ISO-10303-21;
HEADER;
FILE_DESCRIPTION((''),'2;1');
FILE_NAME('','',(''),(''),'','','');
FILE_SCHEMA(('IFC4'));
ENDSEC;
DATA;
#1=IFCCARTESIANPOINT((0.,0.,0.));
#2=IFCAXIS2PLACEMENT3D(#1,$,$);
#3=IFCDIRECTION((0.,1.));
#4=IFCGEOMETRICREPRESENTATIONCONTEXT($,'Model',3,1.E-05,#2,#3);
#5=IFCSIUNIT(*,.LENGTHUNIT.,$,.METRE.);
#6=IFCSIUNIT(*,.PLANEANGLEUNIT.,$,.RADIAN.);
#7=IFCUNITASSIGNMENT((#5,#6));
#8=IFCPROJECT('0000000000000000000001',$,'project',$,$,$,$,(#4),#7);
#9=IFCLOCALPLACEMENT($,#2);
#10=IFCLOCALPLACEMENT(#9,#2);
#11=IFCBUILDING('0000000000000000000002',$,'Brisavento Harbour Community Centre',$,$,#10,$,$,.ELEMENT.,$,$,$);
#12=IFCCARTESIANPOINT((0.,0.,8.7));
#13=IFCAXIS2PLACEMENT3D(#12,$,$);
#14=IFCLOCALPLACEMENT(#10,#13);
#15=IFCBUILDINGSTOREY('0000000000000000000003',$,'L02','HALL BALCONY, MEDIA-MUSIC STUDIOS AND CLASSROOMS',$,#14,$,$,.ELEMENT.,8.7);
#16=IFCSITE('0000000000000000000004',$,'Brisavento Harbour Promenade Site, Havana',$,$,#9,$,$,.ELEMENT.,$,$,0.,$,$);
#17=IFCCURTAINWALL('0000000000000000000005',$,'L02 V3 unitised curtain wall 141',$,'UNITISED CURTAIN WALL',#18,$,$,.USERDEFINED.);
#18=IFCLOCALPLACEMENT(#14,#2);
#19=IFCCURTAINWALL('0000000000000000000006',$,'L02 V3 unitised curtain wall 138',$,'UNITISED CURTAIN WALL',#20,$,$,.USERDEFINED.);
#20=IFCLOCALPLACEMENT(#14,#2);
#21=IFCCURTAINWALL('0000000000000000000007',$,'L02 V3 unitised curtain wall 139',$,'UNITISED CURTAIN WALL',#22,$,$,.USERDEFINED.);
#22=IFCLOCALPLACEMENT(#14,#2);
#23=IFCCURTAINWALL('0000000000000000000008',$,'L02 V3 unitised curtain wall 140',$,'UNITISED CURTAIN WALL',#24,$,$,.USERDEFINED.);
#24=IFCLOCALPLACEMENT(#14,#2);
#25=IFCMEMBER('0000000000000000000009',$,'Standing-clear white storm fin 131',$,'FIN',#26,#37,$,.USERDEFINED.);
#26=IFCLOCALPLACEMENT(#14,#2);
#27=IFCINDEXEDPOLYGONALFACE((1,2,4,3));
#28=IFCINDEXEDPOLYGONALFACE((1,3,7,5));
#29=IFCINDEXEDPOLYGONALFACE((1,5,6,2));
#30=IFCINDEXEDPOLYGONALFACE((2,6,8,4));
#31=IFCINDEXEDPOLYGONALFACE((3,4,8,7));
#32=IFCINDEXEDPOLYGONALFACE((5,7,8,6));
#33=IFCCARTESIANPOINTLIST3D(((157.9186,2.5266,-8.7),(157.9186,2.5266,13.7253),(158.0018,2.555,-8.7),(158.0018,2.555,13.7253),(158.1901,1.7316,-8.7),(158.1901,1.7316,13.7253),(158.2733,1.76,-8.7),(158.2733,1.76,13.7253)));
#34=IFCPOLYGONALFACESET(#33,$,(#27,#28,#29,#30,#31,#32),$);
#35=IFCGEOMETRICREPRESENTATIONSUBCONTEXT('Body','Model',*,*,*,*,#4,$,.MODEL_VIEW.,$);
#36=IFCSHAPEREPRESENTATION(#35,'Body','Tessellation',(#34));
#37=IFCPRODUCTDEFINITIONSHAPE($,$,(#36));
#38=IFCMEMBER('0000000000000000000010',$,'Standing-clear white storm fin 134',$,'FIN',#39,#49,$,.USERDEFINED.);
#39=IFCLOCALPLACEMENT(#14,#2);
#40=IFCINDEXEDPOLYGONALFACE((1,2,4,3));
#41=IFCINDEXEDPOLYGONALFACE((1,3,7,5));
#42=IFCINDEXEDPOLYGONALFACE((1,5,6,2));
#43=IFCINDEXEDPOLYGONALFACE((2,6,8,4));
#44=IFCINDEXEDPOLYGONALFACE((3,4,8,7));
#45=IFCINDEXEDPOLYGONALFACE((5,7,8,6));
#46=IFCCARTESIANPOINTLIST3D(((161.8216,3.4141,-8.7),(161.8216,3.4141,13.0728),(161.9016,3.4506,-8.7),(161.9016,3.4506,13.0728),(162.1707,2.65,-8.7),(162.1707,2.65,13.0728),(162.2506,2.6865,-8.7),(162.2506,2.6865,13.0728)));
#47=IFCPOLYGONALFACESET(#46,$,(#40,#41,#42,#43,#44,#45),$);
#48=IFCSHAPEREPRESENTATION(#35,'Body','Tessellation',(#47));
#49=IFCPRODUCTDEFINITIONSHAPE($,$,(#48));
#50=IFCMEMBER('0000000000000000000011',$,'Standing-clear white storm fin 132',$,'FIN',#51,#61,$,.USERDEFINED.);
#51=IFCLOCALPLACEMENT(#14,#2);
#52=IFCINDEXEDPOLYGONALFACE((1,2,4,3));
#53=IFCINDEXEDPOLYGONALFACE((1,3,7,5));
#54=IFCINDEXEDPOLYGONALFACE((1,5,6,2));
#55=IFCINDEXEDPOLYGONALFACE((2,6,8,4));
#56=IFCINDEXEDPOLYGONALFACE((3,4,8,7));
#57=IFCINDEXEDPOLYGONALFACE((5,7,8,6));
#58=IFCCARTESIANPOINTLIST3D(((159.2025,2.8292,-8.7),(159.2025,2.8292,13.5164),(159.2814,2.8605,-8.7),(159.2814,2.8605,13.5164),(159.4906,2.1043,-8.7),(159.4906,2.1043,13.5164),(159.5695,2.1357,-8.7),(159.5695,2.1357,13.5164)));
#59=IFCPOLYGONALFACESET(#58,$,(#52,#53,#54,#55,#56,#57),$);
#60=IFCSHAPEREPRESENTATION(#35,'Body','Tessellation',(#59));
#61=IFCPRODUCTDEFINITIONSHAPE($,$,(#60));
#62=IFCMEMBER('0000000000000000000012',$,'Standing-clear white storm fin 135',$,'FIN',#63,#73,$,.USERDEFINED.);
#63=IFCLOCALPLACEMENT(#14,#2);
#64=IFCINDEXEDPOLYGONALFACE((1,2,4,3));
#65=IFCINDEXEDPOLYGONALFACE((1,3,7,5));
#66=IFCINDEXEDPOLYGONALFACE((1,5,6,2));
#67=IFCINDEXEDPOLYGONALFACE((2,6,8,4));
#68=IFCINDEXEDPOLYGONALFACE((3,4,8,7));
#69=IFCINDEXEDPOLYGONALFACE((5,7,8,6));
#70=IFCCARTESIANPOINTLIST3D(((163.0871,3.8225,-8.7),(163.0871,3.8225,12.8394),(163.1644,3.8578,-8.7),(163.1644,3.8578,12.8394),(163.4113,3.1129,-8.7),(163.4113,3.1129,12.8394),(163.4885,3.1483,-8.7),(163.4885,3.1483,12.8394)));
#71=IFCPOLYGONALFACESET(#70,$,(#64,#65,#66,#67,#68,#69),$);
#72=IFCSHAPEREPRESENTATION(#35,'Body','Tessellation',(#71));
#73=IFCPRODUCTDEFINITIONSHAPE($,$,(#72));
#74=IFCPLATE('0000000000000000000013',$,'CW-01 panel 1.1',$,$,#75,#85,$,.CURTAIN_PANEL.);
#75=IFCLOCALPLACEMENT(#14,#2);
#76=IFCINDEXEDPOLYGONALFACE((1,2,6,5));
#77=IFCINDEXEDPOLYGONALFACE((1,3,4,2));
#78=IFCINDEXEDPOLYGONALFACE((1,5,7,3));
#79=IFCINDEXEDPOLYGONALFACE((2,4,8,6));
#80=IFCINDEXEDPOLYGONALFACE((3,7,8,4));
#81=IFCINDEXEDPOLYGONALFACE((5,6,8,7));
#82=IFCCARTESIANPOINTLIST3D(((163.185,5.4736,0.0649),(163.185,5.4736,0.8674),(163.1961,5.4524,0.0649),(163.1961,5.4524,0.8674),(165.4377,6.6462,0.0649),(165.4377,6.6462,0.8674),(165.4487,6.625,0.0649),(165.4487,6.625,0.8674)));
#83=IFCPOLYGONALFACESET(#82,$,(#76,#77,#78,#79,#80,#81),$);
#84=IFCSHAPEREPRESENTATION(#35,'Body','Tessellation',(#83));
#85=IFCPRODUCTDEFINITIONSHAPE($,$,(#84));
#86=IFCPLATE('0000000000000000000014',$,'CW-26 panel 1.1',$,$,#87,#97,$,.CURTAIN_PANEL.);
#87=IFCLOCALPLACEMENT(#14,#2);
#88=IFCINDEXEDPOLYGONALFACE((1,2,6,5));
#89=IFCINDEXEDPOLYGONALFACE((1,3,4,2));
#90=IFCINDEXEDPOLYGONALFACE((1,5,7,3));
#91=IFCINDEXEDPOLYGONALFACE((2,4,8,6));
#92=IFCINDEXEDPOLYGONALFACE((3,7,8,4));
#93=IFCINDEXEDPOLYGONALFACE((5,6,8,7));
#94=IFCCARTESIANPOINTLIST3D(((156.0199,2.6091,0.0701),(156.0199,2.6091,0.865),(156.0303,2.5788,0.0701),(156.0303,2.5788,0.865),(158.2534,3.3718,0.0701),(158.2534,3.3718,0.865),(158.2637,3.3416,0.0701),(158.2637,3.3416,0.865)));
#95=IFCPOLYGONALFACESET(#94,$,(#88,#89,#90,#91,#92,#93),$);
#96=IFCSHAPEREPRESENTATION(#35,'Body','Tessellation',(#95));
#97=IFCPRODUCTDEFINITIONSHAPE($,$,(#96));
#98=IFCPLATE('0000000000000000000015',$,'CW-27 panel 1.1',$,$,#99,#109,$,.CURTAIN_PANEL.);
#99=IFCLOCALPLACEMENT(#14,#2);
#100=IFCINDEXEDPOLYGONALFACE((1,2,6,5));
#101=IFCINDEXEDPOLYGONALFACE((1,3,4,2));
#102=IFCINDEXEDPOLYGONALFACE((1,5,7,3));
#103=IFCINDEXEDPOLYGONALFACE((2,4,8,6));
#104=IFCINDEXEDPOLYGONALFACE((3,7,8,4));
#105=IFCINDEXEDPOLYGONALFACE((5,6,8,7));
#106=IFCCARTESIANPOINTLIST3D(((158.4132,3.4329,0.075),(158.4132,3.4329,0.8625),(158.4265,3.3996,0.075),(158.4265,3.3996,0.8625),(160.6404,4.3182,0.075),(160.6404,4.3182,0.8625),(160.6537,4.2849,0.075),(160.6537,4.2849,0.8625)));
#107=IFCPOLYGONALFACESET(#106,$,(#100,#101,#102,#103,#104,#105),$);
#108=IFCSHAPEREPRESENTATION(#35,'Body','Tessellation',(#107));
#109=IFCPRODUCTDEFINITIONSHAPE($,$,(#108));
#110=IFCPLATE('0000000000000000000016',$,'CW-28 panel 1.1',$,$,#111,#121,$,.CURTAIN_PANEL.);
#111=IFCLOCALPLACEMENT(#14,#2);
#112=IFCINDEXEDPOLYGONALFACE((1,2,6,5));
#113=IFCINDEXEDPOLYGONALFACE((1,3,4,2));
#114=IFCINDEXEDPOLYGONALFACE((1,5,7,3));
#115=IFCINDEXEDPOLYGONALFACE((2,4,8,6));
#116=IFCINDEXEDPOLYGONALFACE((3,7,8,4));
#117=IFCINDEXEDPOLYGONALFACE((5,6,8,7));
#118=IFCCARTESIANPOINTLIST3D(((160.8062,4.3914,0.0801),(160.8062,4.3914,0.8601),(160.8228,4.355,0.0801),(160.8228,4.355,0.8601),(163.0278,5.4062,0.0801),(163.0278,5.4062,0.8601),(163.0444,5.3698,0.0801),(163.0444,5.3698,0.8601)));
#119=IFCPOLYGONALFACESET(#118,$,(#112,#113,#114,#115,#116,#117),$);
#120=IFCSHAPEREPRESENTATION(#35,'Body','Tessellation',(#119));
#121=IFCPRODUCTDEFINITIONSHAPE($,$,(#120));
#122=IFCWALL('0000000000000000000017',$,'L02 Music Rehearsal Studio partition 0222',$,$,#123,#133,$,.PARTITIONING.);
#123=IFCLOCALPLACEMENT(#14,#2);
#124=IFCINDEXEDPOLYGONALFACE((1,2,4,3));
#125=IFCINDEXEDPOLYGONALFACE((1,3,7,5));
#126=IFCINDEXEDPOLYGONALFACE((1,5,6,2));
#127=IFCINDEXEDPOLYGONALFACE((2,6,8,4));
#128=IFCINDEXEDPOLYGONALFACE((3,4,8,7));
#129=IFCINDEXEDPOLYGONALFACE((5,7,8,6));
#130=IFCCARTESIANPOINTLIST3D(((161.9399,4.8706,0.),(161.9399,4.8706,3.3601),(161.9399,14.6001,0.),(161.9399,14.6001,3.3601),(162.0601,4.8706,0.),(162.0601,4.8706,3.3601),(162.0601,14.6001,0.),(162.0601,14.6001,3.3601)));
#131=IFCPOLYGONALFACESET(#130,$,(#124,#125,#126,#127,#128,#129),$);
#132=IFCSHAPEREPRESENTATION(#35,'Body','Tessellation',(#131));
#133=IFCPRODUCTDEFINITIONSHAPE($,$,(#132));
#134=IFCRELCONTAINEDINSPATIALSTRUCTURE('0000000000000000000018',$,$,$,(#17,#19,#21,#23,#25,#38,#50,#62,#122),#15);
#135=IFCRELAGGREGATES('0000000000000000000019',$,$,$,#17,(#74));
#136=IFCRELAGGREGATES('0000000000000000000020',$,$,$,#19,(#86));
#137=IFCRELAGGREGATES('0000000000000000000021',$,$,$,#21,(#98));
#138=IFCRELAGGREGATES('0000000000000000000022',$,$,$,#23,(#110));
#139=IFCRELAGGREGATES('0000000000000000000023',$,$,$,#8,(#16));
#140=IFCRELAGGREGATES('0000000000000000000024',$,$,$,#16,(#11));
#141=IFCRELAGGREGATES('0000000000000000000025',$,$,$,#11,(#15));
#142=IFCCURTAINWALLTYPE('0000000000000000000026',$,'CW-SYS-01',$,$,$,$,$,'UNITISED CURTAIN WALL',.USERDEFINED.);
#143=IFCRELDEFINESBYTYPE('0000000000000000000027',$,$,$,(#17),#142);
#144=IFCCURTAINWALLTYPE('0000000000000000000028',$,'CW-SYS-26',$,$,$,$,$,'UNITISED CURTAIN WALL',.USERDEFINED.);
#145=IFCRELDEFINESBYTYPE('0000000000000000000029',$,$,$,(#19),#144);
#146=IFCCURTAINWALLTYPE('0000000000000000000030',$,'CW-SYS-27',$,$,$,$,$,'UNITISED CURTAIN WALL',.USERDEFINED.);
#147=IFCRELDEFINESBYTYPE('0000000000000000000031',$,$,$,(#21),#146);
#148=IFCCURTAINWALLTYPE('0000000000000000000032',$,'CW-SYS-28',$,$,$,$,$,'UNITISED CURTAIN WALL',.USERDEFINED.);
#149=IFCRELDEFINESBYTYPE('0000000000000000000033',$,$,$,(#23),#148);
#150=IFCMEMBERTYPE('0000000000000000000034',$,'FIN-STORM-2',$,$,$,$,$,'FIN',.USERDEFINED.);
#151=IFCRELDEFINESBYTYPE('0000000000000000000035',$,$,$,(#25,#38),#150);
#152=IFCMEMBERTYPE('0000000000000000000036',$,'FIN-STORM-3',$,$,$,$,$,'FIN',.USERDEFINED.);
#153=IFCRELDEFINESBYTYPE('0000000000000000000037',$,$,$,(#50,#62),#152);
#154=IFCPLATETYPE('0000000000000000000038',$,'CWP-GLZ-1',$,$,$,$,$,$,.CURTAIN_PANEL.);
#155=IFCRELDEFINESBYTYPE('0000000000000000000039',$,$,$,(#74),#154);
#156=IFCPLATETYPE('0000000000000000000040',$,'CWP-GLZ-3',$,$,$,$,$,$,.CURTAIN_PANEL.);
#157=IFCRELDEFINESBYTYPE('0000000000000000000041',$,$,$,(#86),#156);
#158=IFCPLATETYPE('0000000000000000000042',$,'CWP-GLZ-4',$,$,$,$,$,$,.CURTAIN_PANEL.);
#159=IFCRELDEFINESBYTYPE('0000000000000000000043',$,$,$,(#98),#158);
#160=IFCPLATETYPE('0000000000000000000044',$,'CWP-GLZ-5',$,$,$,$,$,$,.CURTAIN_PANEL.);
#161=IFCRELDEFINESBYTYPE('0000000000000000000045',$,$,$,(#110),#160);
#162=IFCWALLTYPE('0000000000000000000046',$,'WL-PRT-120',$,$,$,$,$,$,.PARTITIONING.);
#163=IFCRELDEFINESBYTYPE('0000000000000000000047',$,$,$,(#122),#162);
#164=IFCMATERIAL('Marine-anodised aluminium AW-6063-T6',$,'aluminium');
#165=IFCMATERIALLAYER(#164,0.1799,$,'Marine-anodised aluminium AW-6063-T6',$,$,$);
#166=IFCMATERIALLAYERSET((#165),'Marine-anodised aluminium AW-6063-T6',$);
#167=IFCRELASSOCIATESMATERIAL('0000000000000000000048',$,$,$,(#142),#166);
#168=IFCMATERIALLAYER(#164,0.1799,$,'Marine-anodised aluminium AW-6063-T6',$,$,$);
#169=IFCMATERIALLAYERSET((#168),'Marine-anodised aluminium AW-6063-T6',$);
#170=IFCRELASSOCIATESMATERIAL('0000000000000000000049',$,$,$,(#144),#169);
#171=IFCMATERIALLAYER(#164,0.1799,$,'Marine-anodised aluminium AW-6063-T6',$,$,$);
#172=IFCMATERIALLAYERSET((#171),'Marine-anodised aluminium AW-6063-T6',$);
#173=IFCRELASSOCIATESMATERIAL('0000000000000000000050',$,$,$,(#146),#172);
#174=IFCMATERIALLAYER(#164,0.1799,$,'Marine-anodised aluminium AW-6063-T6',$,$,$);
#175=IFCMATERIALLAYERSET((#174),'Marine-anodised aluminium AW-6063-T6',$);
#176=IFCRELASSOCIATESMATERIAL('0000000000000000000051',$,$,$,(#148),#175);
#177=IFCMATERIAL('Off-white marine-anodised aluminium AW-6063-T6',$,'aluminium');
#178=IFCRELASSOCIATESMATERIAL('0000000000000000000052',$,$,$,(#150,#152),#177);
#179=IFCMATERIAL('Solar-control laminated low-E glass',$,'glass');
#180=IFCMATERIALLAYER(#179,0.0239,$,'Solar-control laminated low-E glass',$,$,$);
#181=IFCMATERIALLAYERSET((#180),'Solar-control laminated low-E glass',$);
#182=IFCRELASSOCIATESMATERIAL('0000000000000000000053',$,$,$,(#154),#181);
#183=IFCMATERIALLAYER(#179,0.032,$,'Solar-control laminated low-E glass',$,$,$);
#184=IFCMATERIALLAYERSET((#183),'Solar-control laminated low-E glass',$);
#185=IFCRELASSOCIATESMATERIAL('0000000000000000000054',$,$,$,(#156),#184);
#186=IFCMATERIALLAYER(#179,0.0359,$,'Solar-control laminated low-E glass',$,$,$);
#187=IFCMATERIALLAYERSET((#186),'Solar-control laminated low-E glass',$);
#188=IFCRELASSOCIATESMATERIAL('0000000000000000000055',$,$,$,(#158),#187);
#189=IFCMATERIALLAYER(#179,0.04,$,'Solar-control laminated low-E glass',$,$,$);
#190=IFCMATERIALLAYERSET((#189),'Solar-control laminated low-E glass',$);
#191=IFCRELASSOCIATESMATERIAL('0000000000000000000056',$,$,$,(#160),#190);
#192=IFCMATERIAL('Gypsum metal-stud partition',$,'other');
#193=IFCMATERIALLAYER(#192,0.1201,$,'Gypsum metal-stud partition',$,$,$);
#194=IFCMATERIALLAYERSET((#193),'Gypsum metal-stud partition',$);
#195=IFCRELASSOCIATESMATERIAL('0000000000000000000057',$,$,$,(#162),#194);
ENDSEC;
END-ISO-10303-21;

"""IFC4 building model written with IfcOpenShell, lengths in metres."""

from ifc_helpers import new_model, si_unit, direction, frame, frame_2d, origin, origin_2d, place, context, subcontext, project, spatial, rectangle, extrude, material, layer, layer_set, material_profile, profile_set, type_object, element, aggregate, save


model = new_model("IFC4")

# Units and contexts
model_context = context("Model", 3, precision=1e-05, world=origin(), true_north=direction((0.0, 1.0)))
body_context = subcontext(model_context, "Body", "Model", "MODEL_VIEW")
ifc_project = project(units=[si_unit("LENGTHUNIT", "METRE"), si_unit("PLANEANGLEUNIT", "RADIAN")], contexts=[model_context])

# Site, building, storey
site_placement = place(None, origin())
site = spatial("IfcSite", under=ifc_project, at=site_placement, Name="Brisavento Harbour Promenade Site, Havana", CompositionType="ELEMENT", RefElevation=0.0)
building_placement = place(site_placement, origin())
building = spatial("IfcBuilding", under=site, at=building_placement, Name="Brisavento Harbour Community Centre", CompositionType="ELEMENT")
storey_placement = place(building_placement, frame((0.0, 0.0, 8.7)))
storey = spatial("IfcBuildingStorey", under=building, at=storey_placement, Name="L02", Description="HALL BALCONY, MEDIA-MUSIC STUDIOS AND CLASSROOMS", CompositionType="ELEMENT", Elevation=8.7)

# Curtain walls
ifc_material_1 = material(Name="Marine-anodised aluminium AW-6063-T6", Category="aluminium")
ifc_layer_1 = layer(ifc_material_1, 0.1799, Name="Marine-anodised aluminium AW-6063-T6")
ifc_layer_set_1 = layer_set([ifc_layer_1], Name="Marine-anodised aluminium AW-6063-T6")
curtain_wall_type_1 = type_object("IfcCurtainWallType", Name="CW-SYS-01", ElementType="UNITISED CURTAIN WALL", PredefinedType="USERDEFINED", material=ifc_layer_set_1)
curtain_wall_1_placement = place(storey_placement, origin())
curtain_wall_1 = element("IfcCurtainWall", 1, at=curtain_wall_1_placement, inside=storey, type_object=curtain_wall_type_1, Name="L02 V3 unitised curtain wall 141", ObjectType="UNITISED CURTAIN WALL", PredefinedType="USERDEFINED")
ifc_layer_2 = layer(ifc_material_1, 0.1799, Name="Marine-anodised aluminium AW-6063-T6")
ifc_layer_set_2 = layer_set([ifc_layer_2], Name="Marine-anodised aluminium AW-6063-T6")
curtain_wall_type_2 = type_object("IfcCurtainWallType", Name="CW-SYS-26", ElementType="UNITISED CURTAIN WALL", PredefinedType="USERDEFINED", material=ifc_layer_set_2)
curtain_wall_2_placement = place(storey_placement, origin())
curtain_wall_2 = element("IfcCurtainWall", 2, at=curtain_wall_2_placement, inside=storey, type_object=curtain_wall_type_2, Name="L02 V3 unitised curtain wall 138", ObjectType="UNITISED CURTAIN WALL", PredefinedType="USERDEFINED")

# Curtain walls
ifc_layer_3 = layer(ifc_material_1, 0.1799, Name="Marine-anodised aluminium AW-6063-T6")
ifc_layer_set_3 = layer_set([ifc_layer_3], Name="Marine-anodised aluminium AW-6063-T6")
curtain_wall_type_3 = type_object("IfcCurtainWallType", Name="CW-SYS-27", ElementType="UNITISED CURTAIN WALL", PredefinedType="USERDEFINED", material=ifc_layer_set_3)
curtain_wall_3_placement = place(storey_placement, origin())
curtain_wall_3 = element("IfcCurtainWall", 3, at=curtain_wall_3_placement, inside=storey, type_object=curtain_wall_type_3, Name="L02 V3 unitised curtain wall 139", ObjectType="UNITISED CURTAIN WALL", PredefinedType="USERDEFINED")
ifc_layer_4 = layer(ifc_material_1, 0.1799, Name="Marine-anodised aluminium AW-6063-T6")
ifc_layer_set_4 = layer_set([ifc_layer_4], Name="Marine-anodised aluminium AW-6063-T6")
curtain_wall_type_4 = type_object("IfcCurtainWallType", Name="CW-SYS-28", ElementType="UNITISED CURTAIN WALL", PredefinedType="USERDEFINED", material=ifc_layer_set_4)
curtain_wall_4_placement = place(storey_placement, origin())
curtain_wall_4 = element("IfcCurtainWall", 4, at=curtain_wall_4_placement, inside=storey, type_object=curtain_wall_type_4, Name="L02 V3 unitised curtain wall 140", ObjectType="UNITISED CURTAIN WALL", PredefinedType="USERDEFINED")

# Members
ifc_material_2 = material(Name="Off-white marine-anodised aluminium AW-6063-T6", Category="aluminium")
ifc_material_profile_1 = material_profile(ifc_material_2, rectangle(XDim=0.0879, YDim=0.8401, at=origin_2d()), Name="Off-white marine-anodised aluminium AW-6063-T6")
ifc_profile_set_1 = profile_set([ifc_material_profile_1], Name="Off-white marine-anodised aluminium AW-6063-T6")
member_type_1 = type_object("IfcMemberType", Name="FIN-STORM-2", ElementType="FIN", PredefinedType="USERDEFINED", material=ifc_profile_set_1)
member_1_placement = place(storey_placement, frame((158.0959, 2.1433, -8.7), z_axis=(0.0, 0.0, 1.0), x_axis=(-0.946339, -0.323174, 0.0)))
element("IfcMember", 5, at=member_1_placement, inside=storey, type_object=member_type_1, Name="Standing-clear white storm fin 131", ObjectType="FIN", PredefinedType="USERDEFINED", context=body_context, shape_type="SweptSolid", body=[
    extrude(rectangle(XDim=0.0879, YDim=0.8401, at=origin_2d()), origin(), (0.0, 0.0, 1.0), 22.4253),
])
member_2_placement = place(storey_placement, frame((162.0361, 3.0503, -8.7), z_axis=(0.0, 0.0, 1.0), x_axis=(-0.909585, -0.415519, 0.0)))
element("IfcMember", 6, at=member_2_placement, inside=storey, type_object=member_type_1, Name="Standing-clear white storm fin 134", ObjectType="FIN", PredefinedType="USERDEFINED", context=body_context, shape_type="SweptSolid", body=[
    extrude(rectangle(XDim=0.0879, YDim=0.8401, at=origin_2d()), origin(), (0.0, 0.0, 1.0), 21.7727),
])
ifc_material_profile_2 = material_profile(ifc_material_2, rectangle(XDim=0.085, YDim=0.78, at=origin_2d()), Name="Off-white marine-anodised aluminium AW-6063-T6")
ifc_profile_set_2 = profile_set([ifc_material_profile_2], Name="Off-white marine-anodised aluminium AW-6063-T6")
member_type_2 = type_object("IfcMemberType", Name="FIN-STORM-3", ElementType="FIN", PredefinedType="USERDEFINED", material=ifc_profile_set_2)
member_3_placement = place(storey_placement, frame((159.386, 2.4824, -8.7), z_axis=(0.0, 0.0, 1.0), x_axis=(-0.929294, -0.369341, 0.0)))
element("IfcMember", 7, at=member_3_placement, inside=storey, type_object=member_type_2, Name="Standing-clear white storm fin 132", ObjectType="FIN", PredefinedType="USERDEFINED", context=body_context, shape_type="SweptSolid", body=[
    extrude(rectangle(XDim=0.085, YDim=0.78, at=origin_2d()), origin(), (0.0, 0.0, 1.0), 22.2163),
])
member_4_placement = place(storey_placement, frame((163.2878, 3.4854, -8.7), z_axis=(0.0, 0.0, 1.0), x_axis=(-0.909585, -0.415519, 0.0)))
element("IfcMember", 8, at=member_4_placement, inside=storey, type_object=member_type_2, Name="Standing-clear white storm fin 135", ObjectType="FIN", PredefinedType="USERDEFINED", context=body_context, shape_type="SweptSolid", body=[
    extrude(rectangle(XDim=0.085, YDim=0.78, at=origin_2d()), origin(), (0.0, 0.0, 1.0), 21.5393),
])

# Plates
ifc_material_3 = material(Name="Solar-control laminated low-E glass", Category="glass")
ifc_layer_5 = layer(ifc_material_3, 0.0239, Name="Solar-control laminated low-E glass")
ifc_layer_set_5 = layer_set([ifc_layer_5], Name="Solar-control laminated low-E glass")
plate_type_1 = type_object("IfcPlateType", Name="CWP-GLZ-1", PredefinedType="CURTAIN_PANEL", material=ifc_layer_set_5)
plate_1_placement = place(storey_placement, frame((164.3169, 6.0493, 0.0649), z_axis=(0.0, 0.0, 1.0), x_axis=(-0.887027, -0.461718, 0.0)))
plate_1 = element("IfcPlate", 9, at=plate_1_placement, type_object=plate_type_1, Name="CW-01 panel 1.1", PredefinedType="CURTAIN_PANEL", context=body_context, shape_type="SweptSolid", body=[
    extrude(rectangle(XDim=2.5396, YDim=0.0239, at=origin_2d()), origin(), (0.0, 0.0, 1.0), 0.8025),
])
aggregate(curtain_wall_1, [plate_1])
ifc_layer_6 = layer(ifc_material_3, 0.032, Name="Solar-control laminated low-E glass")
ifc_layer_set_6 = layer_set([ifc_layer_6], Name="Solar-control laminated low-E glass")
plate_type_2 = type_object("IfcPlateType", Name="CWP-GLZ-3", PredefinedType="CURTAIN_PANEL", material=ifc_layer_set_6)
plate_2_placement = place(storey_placement, frame((157.1418, 2.9753, 0.0701), z_axis=(0.0, 0.0, 1.0), x_axis=(-0.946338, -0.323179, 0.0)))
plate_2 = element("IfcPlate", 10, at=plate_2_placement, type_object=plate_type_2, Name="CW-26 panel 1.1", PredefinedType="CURTAIN_PANEL", context=body_context, shape_type="SweptSolid", body=[
    extrude(rectangle(XDim=2.3601, YDim=0.032, at=origin_2d()), origin(), (0.0, 0.0, 1.0), 0.7949),
])
aggregate(curtain_wall_2, [plate_2])
ifc_layer_7 = layer(ifc_material_3, 0.0359, Name="Solar-control laminated low-E glass")
ifc_layer_set_7 = layer_set([ifc_layer_7], Name="Solar-control laminated low-E glass")
plate_type_3 = type_object("IfcPlateType", Name="CWP-GLZ-4", PredefinedType="CURTAIN_PANEL", material=ifc_layer_set_7)
plate_3_placement = place(storey_placement, frame((159.5334, 3.8589, 0.075), z_axis=(0.0, 0.0, 1.0), x_axis=(-0.929279, -0.369379, 0.0)))
plate_3 = element("IfcPlate", 11, at=plate_3_placement, type_object=plate_type_3, Name="CW-27 panel 1.1", PredefinedType="CURTAIN_PANEL", context=body_context, shape_type="SweptSolid", body=[
    extrude(rectangle(XDim=2.3967, YDim=0.0359, at=origin_2d()), origin(), (0.0, 0.0, 1.0), 0.7876),
])
aggregate(curtain_wall_3, [plate_3])
ifc_layer_8 = layer(ifc_material_3, 0.04, Name="Solar-control laminated low-E glass")
ifc_layer_set_8 = layer_set([ifc_layer_8], Name="Solar-control laminated low-E glass")
plate_type_4 = type_object("IfcPlateType", Name="CWP-GLZ-5", PredefinedType="CURTAIN_PANEL", material=ifc_layer_set_8)
plate_4_placement = place(storey_placement, frame((161.9253, 4.8806, 0.0801), z_axis=(0.0, 0.0, 1.0), x_axis=(-0.909598, -0.41549, 0.0)))
plate_4 = element("IfcPlate", 12, at=plate_4_placement, type_object=plate_type_4, Name="CW-28 panel 1.1", PredefinedType="CURTAIN_PANEL", context=body_context, shape_type="SweptSolid", body=[
    extrude(rectangle(XDim=2.4424, YDim=0.04, at=origin_2d()), origin(), (0.0, 0.0, 1.0), 0.78),
])
aggregate(curtain_wall_4, [plate_4])

# Wall
ifc_material_4 = material(Name="Gypsum metal-stud partition", Category="other")
ifc_layer_9 = layer(ifc_material_4, 0.1201, Name="Gypsum metal-stud partition")
ifc_layer_set_9 = layer_set([ifc_layer_9], Name="Gypsum metal-stud partition")
wall_type = type_object("IfcWallType", Name="WL-PRT-120", PredefinedType="PARTITIONING", material=ifc_layer_set_9)
wall_placement = place(storey_placement, frame((162.0, 4.8706, 0.0), z_axis=(0.0, 0.0, 1.0), x_axis=(0.0, 1.0, 0.0)))
element("IfcWall", 13, at=wall_placement, inside=storey, type_object=wall_type, Name="L02 Music Rehearsal Studio partition 0222", PredefinedType="PARTITIONING", context=body_context, shape_type="SweptSolid", body=[
    extrude(rectangle(XDim=9.7295, YDim=0.1201, at=frame_2d((4.8647, 0.0))), origin(), (0.0, 0.0, 1.0), 3.3601),
])

save(model, "model.ifc")
